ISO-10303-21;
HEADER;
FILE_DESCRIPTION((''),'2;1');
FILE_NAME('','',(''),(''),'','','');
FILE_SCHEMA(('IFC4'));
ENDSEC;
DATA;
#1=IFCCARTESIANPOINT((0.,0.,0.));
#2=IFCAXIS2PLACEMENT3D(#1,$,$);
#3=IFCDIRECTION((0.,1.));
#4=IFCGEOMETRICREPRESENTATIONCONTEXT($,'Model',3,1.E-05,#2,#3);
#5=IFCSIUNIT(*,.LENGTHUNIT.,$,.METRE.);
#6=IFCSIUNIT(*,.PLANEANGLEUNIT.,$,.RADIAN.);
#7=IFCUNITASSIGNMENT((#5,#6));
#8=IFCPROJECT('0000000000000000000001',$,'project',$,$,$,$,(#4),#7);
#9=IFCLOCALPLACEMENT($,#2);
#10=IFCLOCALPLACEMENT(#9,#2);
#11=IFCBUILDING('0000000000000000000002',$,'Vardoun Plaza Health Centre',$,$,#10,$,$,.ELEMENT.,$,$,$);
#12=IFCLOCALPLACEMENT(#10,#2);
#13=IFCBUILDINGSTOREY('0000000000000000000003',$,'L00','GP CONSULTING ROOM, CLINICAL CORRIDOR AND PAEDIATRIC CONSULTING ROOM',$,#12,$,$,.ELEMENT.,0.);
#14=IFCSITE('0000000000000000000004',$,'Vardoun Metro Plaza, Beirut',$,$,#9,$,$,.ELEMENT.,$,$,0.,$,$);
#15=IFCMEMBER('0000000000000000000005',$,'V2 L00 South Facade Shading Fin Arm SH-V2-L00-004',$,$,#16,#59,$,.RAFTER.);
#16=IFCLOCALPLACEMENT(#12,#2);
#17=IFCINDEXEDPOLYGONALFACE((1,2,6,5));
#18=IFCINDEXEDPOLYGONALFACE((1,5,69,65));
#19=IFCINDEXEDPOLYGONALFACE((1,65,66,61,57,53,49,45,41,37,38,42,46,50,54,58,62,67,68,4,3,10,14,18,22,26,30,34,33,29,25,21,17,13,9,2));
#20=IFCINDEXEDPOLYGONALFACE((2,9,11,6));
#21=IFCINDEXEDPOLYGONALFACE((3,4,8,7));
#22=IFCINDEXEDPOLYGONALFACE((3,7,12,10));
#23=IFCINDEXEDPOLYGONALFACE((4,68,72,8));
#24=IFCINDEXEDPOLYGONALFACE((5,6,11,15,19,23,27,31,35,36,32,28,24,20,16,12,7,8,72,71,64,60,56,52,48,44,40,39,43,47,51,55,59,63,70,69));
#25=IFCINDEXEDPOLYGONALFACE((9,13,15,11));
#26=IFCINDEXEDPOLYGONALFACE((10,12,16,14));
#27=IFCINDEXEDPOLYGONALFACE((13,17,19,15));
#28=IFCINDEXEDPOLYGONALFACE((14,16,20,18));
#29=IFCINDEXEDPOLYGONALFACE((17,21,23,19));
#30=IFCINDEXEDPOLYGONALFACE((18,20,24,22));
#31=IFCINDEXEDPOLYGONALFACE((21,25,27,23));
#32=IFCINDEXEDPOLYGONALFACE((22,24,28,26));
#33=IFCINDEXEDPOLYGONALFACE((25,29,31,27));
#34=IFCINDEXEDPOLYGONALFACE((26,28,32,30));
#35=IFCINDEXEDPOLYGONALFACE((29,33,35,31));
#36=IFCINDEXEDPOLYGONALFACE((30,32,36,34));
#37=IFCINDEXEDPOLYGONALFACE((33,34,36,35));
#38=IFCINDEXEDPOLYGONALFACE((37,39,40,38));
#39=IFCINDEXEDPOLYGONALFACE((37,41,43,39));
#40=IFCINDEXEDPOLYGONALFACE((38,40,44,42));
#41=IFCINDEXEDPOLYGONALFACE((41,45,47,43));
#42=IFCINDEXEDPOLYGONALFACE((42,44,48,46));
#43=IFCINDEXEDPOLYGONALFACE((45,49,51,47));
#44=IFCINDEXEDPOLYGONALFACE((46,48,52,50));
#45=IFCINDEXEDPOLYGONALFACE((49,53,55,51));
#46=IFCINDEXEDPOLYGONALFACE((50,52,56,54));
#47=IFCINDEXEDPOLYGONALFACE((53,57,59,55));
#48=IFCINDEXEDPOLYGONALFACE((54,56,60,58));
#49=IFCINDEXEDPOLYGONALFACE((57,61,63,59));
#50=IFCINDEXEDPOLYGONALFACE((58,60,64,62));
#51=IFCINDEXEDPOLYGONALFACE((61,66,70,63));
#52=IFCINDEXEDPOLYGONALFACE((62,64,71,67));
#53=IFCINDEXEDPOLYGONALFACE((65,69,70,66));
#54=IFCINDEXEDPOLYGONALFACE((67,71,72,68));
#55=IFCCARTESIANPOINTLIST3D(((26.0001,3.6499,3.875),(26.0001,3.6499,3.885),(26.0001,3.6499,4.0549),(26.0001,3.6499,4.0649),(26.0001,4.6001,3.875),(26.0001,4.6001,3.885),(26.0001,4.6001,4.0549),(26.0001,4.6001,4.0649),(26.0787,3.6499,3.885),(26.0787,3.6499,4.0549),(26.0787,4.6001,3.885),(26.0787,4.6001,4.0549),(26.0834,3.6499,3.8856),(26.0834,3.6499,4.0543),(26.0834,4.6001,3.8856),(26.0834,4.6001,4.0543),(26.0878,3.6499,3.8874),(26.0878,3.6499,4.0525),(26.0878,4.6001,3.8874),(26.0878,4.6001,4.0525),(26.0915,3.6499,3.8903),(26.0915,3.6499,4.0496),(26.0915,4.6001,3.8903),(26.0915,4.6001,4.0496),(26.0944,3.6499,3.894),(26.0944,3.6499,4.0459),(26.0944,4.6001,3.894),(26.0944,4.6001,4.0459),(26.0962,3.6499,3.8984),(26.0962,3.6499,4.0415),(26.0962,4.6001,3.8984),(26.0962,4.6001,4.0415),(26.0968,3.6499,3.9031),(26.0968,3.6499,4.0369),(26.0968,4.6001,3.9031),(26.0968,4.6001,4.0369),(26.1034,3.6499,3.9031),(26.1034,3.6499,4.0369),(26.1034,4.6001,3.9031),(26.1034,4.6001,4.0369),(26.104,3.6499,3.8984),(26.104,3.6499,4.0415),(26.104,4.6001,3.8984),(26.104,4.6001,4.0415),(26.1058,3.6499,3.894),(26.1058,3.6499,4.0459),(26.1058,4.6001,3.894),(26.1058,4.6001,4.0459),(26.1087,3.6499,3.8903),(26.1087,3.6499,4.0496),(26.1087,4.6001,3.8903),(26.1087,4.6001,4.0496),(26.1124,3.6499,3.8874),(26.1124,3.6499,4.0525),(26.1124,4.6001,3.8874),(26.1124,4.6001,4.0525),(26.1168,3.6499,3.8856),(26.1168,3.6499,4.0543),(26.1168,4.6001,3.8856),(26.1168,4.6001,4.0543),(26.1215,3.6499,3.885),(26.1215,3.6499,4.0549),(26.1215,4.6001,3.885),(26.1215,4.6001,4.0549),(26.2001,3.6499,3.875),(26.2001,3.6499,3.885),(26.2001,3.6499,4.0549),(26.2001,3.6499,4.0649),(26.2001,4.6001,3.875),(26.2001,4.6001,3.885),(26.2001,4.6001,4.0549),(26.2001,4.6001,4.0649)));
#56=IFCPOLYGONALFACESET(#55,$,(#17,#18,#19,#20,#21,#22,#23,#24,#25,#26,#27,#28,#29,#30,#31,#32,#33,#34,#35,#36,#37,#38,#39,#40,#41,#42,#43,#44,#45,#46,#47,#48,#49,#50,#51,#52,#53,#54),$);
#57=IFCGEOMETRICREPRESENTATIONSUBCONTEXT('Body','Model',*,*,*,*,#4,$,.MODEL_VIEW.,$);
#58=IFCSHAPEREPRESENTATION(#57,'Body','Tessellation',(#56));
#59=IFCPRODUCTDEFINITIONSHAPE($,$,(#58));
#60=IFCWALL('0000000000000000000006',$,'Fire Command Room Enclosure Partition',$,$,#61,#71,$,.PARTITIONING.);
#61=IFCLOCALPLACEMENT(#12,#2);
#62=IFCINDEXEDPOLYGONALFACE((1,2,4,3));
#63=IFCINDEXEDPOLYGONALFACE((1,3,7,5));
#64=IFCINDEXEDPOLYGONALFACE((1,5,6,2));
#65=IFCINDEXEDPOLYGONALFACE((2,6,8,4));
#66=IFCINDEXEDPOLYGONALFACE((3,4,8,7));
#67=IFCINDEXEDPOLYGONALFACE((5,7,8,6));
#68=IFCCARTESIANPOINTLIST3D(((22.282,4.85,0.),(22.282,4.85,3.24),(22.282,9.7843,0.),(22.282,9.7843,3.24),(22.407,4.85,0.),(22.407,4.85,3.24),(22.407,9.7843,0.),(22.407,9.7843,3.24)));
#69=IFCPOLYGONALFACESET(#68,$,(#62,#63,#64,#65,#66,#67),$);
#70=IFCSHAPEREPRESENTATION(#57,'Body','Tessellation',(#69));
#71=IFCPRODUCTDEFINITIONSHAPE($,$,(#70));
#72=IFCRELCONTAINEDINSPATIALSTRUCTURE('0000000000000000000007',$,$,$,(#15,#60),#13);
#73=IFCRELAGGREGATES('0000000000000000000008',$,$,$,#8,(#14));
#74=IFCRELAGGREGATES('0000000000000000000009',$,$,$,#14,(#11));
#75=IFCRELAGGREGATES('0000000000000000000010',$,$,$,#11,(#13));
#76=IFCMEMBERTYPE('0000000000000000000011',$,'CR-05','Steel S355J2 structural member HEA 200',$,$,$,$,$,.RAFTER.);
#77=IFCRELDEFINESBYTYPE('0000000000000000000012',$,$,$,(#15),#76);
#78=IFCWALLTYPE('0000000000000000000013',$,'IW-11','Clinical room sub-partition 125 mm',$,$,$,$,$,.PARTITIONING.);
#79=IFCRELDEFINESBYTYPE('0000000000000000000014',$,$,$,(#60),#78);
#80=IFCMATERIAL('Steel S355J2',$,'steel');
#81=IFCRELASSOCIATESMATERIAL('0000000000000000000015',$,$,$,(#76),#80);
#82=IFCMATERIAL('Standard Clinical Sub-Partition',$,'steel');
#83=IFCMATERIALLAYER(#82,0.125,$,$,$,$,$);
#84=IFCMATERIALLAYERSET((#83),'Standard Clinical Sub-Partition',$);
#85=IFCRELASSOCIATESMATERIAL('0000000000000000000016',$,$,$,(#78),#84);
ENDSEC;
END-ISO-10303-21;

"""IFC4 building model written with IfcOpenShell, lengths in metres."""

from ifc_helpers import new_model, si_unit, direction, frame, frame_2d, origin, origin_2d, place, context, subcontext, project, spatial, rectangle, i_section, extrude, material, layer, layer_set, material_profile, profile_set, type_object, element, save


model = new_model("IFC4")

# Units and contexts
model_context = context("Model", 3, precision=1e-05, world=origin(), true_north=direction((0.0, 1.0)))
body_context = subcontext(model_context, "Body", "Model", "MODEL_VIEW")
ifc_project = project(units=[si_unit("LENGTHUNIT", "METRE"), si_unit("PLANEANGLEUNIT", "RADIAN")], contexts=[model_context])

# Site, building, storey
site_placement = place(None, origin())
site = spatial("IfcSite", under=ifc_project, at=site_placement, Name="Vardoun Metro Plaza, Beirut", CompositionType="ELEMENT", RefElevation=0.0)
building_placement = place(site_placement, origin())
building = spatial("IfcBuilding", under=site, at=building_placement, Name="Vardoun Plaza Health Centre", CompositionType="ELEMENT")
storey_placement = place(building_placement, origin())
storey = spatial("IfcBuildingStorey", under=building, at=storey_placement, Name="L00", Description="GP CONSULTING ROOM, CLINICAL CORRIDOR AND PAEDIATRIC CONSULTING ROOM", CompositionType="ELEMENT", Elevation=0.0)

# Member
ifc_material_1 = material(Name="Steel S355J2", Category="steel")
ifc_material_profile_1 = material_profile(ifc_material_1, i_section(OverallWidth=0.2, OverallDepth=0.1899, WebThickness=0.0066, FlangeThickness=0.01, FilletRadius=0.0181, at=origin_2d()), Name="HEA 200")
ifc_profile_set_1 = profile_set([ifc_material_profile_1], Name="Steel S355J2")
member_type = type_object("IfcMemberType", Name="CR-05", Description="Steel S355J2 structural member HEA 200", PredefinedType="RAFTER", material=ifc_profile_set_1)
member_placement = place(storey_placement, frame((26.1001, 4.6001, 3.97), z_axis=(0.0, -1.0, 0.0), x_axis=(1.0, 0.0, 0.0)))
element("IfcMember", 1, at=member_placement, inside=storey, type_object=member_type, Name="V2 L00 South Facade Shading Fin Arm SH-V2-L00-004", PredefinedType="RAFTER", context=body_context, shape_type="SweptSolid", body=[
    extrude(i_section(OverallWidth=0.2, OverallDepth=0.1899, WebThickness=0.0066, FlangeThickness=0.01, FilletRadius=0.0181, at=origin_2d()), origin(), (0.0, 0.0, 1.0), 0.9502),
])

# Wall
ifc_material_2 = material(Name="Standard Clinical Sub-Partition", Category="steel")
ifc_layer_1 = layer(ifc_material_2, 0.125)
ifc_layer_set_1 = layer_set([ifc_layer_1], Name="Standard Clinical Sub-Partition")
wall_type_1 = type_object("IfcWallType", Name="IW-11", Description="Clinical room sub-partition 125 mm", PredefinedType="PARTITIONING", material=ifc_layer_set_1)
wall_1_placement = place(storey_placement, frame((22.3445, 9.7844, 0.0), z_axis=(0.0, 0.0, 1.0), x_axis=(0.0, -1.0, 0.0)))
element("IfcWall", 2, at=wall_1_placement, inside=storey, type_object=wall_type_1, Name="Fire Command Room Enclosure Partition", PredefinedType="PARTITIONING", context=body_context, shape_type="SweptSolid", body=[
    extrude(rectangle(XDim=4.9343, YDim=0.125, at=frame_2d((2.4673, 0.0))), origin(), (0.0, 0.0, 1.0), 3.24),
])

save(model, "model.ifc")
